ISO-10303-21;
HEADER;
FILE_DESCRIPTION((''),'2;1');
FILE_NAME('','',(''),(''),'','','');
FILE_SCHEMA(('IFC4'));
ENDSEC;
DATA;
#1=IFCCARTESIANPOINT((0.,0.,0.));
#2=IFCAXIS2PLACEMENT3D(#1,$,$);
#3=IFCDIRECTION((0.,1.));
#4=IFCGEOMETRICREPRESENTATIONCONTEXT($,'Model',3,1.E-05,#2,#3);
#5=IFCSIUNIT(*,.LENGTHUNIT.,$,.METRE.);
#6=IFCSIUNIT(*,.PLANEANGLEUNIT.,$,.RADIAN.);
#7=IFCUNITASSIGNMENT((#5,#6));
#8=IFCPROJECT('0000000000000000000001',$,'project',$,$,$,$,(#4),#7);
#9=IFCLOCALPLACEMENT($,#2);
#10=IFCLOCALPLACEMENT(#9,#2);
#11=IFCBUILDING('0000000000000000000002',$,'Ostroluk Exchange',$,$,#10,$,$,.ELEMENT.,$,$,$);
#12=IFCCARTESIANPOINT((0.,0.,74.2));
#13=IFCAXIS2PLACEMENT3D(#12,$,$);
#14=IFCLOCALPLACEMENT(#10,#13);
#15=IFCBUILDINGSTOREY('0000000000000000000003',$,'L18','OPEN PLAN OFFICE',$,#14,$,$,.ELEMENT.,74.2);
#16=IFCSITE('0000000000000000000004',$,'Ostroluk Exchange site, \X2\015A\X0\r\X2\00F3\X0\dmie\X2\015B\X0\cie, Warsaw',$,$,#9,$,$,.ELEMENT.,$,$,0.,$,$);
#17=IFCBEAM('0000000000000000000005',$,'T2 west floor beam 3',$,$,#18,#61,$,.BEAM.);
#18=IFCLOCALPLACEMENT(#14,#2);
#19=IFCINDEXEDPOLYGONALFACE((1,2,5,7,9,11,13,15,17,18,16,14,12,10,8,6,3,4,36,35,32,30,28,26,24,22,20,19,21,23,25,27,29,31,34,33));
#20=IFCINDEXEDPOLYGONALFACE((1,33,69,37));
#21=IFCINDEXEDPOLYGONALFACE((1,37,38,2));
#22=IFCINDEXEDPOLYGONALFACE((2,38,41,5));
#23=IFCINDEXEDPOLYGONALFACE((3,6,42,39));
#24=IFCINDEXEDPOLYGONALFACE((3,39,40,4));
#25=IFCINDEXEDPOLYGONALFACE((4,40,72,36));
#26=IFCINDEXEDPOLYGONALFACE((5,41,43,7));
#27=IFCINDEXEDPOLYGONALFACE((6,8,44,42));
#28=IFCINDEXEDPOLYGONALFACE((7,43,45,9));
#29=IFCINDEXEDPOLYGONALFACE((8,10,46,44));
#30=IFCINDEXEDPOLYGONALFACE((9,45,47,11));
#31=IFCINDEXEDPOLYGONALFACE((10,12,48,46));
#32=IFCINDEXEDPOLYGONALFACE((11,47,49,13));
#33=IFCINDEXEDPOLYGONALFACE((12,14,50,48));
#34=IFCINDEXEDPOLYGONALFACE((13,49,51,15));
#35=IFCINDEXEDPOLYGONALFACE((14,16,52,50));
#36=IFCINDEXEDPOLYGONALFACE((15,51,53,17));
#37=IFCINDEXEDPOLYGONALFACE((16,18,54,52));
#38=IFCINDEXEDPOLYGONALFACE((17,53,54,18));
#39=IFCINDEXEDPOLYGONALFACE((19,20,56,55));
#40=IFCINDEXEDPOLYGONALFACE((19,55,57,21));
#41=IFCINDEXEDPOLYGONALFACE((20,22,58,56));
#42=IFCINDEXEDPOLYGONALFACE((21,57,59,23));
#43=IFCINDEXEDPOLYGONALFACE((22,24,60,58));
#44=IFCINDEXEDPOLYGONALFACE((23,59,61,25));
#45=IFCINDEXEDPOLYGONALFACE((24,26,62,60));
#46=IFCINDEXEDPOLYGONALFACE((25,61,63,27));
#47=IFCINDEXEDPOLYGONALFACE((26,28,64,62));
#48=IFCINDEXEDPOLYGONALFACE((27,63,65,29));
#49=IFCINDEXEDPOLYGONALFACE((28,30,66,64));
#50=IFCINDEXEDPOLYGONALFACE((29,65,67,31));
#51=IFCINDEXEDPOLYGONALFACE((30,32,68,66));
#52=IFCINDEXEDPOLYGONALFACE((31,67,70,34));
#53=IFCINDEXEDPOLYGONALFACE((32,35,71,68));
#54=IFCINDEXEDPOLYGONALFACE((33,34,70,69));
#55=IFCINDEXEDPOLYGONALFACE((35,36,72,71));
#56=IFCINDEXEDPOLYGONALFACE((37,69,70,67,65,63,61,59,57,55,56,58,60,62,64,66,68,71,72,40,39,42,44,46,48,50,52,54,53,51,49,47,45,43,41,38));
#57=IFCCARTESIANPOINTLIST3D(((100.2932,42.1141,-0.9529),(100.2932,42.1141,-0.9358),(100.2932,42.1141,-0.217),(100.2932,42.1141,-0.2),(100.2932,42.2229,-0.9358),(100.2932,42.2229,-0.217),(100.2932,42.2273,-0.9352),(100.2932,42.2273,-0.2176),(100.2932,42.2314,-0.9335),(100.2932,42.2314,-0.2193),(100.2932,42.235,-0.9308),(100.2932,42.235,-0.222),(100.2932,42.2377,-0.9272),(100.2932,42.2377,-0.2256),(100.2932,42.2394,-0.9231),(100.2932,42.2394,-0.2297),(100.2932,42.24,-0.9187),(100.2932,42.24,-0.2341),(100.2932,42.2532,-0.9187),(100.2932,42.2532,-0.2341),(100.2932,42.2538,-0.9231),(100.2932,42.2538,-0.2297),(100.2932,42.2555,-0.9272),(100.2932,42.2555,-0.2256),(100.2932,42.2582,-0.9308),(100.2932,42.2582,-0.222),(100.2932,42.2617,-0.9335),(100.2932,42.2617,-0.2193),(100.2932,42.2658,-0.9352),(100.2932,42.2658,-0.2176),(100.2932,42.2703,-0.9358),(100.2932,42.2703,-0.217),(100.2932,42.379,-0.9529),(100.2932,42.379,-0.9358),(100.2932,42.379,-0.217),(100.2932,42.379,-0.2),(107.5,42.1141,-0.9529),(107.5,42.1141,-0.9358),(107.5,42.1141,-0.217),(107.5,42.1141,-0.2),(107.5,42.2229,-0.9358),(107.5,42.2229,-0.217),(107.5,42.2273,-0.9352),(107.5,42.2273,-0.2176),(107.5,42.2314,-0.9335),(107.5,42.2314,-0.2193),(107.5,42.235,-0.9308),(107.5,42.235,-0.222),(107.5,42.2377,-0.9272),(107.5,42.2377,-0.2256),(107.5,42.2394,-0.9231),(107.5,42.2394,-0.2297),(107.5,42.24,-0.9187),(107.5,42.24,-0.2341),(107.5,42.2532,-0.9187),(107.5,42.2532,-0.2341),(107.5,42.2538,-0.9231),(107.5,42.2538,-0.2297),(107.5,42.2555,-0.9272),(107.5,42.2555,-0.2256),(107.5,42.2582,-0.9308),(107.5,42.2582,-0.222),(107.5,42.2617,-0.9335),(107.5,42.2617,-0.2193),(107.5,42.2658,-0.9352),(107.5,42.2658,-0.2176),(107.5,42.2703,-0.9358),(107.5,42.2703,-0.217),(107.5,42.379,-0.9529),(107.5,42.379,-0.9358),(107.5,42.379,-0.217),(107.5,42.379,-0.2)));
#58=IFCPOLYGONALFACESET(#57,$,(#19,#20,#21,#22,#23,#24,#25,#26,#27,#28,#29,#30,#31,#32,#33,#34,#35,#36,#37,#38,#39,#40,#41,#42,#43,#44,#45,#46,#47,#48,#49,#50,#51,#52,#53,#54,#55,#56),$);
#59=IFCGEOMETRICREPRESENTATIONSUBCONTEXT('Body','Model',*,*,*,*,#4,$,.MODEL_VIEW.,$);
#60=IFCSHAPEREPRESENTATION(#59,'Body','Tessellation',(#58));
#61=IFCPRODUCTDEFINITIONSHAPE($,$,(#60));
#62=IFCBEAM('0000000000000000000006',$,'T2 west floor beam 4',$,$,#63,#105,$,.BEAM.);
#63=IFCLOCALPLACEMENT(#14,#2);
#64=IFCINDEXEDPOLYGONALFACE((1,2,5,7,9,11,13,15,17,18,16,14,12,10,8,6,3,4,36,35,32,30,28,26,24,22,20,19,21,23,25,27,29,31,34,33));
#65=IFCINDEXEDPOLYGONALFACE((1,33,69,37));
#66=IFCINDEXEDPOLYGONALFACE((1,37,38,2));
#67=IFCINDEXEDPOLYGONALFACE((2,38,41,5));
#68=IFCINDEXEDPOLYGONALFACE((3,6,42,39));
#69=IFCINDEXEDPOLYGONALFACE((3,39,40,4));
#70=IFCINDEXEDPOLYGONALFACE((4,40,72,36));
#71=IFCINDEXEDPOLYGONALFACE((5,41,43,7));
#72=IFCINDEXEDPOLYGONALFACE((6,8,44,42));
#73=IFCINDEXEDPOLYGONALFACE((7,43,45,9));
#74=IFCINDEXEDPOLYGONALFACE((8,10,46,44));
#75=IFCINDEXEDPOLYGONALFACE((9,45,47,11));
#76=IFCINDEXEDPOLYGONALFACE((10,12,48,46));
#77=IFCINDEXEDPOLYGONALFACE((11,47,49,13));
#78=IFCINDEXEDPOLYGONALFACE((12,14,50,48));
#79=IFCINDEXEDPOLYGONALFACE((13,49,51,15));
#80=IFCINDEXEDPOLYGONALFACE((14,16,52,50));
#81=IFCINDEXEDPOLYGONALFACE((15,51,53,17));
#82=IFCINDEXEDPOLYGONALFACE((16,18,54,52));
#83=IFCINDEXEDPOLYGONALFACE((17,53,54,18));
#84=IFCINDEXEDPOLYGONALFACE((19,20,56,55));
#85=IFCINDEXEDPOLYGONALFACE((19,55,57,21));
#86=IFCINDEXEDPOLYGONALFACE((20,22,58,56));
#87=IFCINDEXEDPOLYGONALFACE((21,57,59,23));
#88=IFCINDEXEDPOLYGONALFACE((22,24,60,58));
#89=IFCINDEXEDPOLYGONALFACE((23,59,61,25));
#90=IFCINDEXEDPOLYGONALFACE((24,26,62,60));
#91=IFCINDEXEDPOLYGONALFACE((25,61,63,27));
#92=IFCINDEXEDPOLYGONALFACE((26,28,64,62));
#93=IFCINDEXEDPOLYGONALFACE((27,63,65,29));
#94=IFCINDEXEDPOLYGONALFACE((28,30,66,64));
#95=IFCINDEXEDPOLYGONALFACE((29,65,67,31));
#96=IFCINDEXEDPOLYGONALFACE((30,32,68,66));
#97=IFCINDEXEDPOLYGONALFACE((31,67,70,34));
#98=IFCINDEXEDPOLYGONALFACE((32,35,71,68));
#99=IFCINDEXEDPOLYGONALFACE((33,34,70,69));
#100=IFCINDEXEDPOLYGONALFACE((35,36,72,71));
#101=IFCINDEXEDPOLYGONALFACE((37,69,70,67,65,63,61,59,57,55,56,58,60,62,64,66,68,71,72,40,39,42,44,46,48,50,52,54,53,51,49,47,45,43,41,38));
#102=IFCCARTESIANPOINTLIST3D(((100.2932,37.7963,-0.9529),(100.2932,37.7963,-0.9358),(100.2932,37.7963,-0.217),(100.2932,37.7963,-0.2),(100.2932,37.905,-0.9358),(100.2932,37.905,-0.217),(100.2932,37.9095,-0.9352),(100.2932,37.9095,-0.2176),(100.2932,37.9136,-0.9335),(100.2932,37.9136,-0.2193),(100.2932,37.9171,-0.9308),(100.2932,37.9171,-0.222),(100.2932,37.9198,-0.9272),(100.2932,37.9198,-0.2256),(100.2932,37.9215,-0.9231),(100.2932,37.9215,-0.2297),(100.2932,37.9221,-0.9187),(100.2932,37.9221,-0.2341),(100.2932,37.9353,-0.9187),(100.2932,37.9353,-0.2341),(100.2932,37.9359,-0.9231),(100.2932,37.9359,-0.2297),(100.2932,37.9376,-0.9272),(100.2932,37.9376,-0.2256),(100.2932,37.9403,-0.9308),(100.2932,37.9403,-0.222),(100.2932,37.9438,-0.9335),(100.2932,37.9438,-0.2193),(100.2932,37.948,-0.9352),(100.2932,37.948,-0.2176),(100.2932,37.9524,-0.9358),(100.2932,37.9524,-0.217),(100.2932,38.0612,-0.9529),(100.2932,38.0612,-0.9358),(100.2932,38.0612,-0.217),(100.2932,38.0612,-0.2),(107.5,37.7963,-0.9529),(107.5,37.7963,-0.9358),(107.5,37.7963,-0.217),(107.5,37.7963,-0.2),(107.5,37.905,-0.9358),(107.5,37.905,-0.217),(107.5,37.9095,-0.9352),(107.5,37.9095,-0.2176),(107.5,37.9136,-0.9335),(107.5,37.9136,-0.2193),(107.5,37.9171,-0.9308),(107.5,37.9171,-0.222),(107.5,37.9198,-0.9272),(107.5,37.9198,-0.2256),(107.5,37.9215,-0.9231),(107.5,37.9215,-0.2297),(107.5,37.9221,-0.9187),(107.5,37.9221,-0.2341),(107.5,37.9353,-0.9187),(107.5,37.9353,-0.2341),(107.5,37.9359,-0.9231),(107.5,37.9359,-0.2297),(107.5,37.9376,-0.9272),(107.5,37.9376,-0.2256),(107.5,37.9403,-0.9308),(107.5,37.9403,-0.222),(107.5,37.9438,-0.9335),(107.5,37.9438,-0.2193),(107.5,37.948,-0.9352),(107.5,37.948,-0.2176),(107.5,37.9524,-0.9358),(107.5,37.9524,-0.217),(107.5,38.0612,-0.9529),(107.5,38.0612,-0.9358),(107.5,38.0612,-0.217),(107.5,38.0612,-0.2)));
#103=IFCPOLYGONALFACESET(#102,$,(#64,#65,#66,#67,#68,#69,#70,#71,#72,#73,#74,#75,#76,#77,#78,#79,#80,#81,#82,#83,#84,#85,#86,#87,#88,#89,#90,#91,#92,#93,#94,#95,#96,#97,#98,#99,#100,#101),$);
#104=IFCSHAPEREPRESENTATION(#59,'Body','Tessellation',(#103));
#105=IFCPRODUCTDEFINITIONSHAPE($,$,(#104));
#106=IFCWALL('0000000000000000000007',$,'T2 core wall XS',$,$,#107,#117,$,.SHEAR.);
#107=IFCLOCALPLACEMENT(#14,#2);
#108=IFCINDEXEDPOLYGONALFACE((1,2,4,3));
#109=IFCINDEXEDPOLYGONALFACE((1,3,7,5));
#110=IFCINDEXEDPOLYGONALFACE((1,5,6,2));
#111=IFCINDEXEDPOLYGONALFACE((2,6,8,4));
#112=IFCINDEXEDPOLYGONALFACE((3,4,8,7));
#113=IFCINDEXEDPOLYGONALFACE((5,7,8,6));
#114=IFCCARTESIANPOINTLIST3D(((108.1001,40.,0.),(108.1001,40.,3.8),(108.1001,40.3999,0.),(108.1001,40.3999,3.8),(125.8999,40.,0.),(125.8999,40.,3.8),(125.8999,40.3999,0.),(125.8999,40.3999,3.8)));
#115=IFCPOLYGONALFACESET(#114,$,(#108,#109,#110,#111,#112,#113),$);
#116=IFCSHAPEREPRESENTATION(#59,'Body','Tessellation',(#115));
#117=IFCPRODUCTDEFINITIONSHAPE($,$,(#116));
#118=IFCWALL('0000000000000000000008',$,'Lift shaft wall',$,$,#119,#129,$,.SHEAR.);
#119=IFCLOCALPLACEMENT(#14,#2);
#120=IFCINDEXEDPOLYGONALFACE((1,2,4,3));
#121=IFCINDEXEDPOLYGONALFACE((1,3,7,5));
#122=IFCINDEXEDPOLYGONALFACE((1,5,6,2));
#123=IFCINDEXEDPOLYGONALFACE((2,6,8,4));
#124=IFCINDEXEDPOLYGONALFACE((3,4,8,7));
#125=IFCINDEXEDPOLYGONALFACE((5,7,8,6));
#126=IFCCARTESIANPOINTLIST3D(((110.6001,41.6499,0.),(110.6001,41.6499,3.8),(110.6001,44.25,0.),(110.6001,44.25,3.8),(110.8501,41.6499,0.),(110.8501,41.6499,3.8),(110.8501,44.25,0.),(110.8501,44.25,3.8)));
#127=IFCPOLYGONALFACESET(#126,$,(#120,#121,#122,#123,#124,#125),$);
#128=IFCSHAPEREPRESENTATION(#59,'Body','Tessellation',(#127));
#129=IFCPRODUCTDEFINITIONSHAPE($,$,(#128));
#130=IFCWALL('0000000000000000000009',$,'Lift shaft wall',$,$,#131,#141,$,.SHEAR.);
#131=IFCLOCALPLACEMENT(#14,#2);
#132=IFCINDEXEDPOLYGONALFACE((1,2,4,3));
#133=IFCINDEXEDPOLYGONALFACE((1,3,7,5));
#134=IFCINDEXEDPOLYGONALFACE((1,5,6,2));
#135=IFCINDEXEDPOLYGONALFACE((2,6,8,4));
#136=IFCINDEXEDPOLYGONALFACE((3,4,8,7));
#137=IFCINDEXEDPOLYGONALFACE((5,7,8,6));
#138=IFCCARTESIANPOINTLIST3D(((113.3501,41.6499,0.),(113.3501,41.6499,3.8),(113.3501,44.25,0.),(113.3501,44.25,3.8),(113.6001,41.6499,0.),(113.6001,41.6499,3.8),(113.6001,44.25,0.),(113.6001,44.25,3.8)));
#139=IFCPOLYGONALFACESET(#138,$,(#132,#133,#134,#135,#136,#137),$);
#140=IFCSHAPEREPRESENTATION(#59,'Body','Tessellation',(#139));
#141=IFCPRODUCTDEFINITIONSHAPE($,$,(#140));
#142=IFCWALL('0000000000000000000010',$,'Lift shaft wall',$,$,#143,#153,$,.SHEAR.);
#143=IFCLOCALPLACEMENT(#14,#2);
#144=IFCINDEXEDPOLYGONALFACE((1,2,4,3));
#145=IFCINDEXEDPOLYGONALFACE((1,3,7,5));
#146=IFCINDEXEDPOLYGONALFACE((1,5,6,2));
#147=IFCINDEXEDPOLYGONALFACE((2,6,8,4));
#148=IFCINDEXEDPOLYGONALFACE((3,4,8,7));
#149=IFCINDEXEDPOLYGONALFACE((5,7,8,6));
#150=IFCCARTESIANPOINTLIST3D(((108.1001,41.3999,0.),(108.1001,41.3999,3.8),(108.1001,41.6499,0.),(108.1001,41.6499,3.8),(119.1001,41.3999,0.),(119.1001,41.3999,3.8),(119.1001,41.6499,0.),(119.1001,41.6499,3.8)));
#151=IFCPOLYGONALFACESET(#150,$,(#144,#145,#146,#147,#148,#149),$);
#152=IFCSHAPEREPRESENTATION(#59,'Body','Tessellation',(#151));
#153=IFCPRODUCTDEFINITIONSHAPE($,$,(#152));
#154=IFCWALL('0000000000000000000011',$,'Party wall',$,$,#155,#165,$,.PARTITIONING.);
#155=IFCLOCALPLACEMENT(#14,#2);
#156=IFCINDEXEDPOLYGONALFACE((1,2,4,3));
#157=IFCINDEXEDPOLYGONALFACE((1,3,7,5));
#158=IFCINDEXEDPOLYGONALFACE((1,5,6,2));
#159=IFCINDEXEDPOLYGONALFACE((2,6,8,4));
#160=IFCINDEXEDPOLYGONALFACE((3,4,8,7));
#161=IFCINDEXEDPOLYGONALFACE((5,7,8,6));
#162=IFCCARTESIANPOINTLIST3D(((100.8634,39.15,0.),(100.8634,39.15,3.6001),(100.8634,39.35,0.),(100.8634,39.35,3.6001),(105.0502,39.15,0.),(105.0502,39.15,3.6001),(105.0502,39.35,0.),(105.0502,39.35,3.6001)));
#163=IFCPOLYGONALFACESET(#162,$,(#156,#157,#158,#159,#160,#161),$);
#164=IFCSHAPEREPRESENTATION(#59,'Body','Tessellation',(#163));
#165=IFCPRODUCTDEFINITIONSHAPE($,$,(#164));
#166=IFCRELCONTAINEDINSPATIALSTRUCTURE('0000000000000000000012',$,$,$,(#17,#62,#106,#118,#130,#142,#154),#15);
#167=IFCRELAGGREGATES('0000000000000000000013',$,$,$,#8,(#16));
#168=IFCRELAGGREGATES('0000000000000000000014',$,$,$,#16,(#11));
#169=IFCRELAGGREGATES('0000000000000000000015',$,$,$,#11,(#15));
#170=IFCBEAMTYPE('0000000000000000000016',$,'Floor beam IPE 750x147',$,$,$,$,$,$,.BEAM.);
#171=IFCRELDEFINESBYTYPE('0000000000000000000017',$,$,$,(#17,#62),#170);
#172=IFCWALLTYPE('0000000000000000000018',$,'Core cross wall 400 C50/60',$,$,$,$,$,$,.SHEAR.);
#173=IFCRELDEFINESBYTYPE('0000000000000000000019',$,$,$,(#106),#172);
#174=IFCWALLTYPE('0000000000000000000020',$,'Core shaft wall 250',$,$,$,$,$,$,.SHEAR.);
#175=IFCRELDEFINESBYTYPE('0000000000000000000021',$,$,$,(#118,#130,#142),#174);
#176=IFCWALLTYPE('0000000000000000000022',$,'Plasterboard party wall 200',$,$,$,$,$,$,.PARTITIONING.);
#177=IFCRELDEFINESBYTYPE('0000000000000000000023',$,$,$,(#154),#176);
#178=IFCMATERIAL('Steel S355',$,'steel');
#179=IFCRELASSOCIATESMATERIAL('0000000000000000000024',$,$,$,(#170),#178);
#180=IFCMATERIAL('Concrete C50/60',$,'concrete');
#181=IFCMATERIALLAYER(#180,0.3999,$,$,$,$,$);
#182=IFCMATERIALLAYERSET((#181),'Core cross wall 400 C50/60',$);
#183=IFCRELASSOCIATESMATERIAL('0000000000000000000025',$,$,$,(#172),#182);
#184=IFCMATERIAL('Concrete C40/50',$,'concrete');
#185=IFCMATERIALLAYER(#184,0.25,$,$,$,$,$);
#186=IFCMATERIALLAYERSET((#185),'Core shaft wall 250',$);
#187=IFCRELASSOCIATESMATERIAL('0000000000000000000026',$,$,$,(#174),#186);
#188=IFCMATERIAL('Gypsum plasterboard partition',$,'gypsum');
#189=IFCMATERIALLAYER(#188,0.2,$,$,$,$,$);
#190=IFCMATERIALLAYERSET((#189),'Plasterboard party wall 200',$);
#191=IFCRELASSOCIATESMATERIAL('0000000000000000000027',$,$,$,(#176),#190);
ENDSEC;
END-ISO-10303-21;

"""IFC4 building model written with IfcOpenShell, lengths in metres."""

from ifc_helpers import new_model, si_unit, direction, frame, frame_2d, origin, origin_2d, place, context, subcontext, project, spatial, rectangle, i_section, extrude, material, layer, layer_set, material_profile, profile_set, type_object, element, save


model = new_model("IFC4")

# Units and contexts
model_context = context("Model", 3, precision=1e-05, world=origin(), true_north=direction((0.0, 1.0)))
body_context = subcontext(model_context, "Body", "Model", "MODEL_VIEW")
ifc_project = project(units=[si_unit("LENGTHUNIT", "METRE"), si_unit("PLANEANGLEUNIT", "RADIAN")], contexts=[model_context])

# Site, building, storey
site_placement = place(None, origin())
site = spatial("IfcSite", under=ifc_project, at=site_placement, Name="Ostroluk Exchange site, Śródmieście, Warsaw", CompositionType="ELEMENT", RefElevation=0.0)
building_placement = place(site_placement, origin())
building = spatial("IfcBuilding", under=site, at=building_placement, Name="Ostroluk Exchange", CompositionType="ELEMENT")
storey_placement = place(building_placement, frame((0.0, 0.0, 74.2)))
storey = spatial("IfcBuildingStorey", under=building, at=storey_placement, Name="L18", Description="OPEN PLAN OFFICE", CompositionType="ELEMENT", Elevation=74.2)

# Beams
ifc_material_1 = material(Name="Steel S355", Category="steel")
ifc_material_profile = material_profile(ifc_material_1, i_section(OverallWidth=0.2649, OverallDepth=0.7529, WebThickness=0.0132, FlangeThickness=0.0171, FilletRadius=0.0171, at=origin_2d()), Name="IPE 750x147")
ifc_profile_set = profile_set([ifc_material_profile], Name="Steel S355")
beam_type = type_object("IfcBeamType", Name="Floor beam IPE 750x147", PredefinedType="BEAM", material=ifc_profile_set)
for number, where, z_axis, x_axis, name in (
    (1, (107.5, 42.2466, -0.5764), (-1.0, 0.0, 0.0), (0.0, -1.0, 0.0), "T2 west floor beam 3"),
    (2, (107.5, 37.9287, -0.5764), (-1.0, 0.0, 0.0), (0.0, -1.0, 0.0), "T2 west floor beam 4"),
):
    element("IfcBeam", number, at=place(storey_placement, frame(where, z_axis=z_axis, x_axis=x_axis)), inside=storey, type_object=beam_type, Name=name, PredefinedType="BEAM", context=body_context, shape_type="SweptSolid", body=[
        extrude(i_section(OverallWidth=0.2649, OverallDepth=0.7529, WebThickness=0.0132, FlangeThickness=0.0171, FilletRadius=0.0171, at=origin_2d()), origin(), (0.0, 0.0, 1.0), 7.2068),
    ])

# Walls
ifc_material_2 = material(Name="Concrete C50/60", Category="concrete")
ifc_layer_1 = layer(ifc_material_2, 0.3999)
ifc_layer_set_1 = layer_set([ifc_layer_1], Name="Core cross wall 400 C50/60")
wall_type_1 = type_object("IfcWallType", Name="Core cross wall 400 C50/60", PredefinedType="SHEAR", material=ifc_layer_set_1)
wall_1_placement = place(storey_placement, frame((108.1001, 40.2, 0.0), z_axis=(0.0, 0.0, 1.0), x_axis=(1.0, 0.0, 0.0)))
element("IfcWall", 3, at=wall_1_placement, inside=storey, type_object=wall_type_1, Name="T2 core wall XS", PredefinedType="SHEAR", context=body_context, shape_type="SweptSolid", body=[
    extrude(rectangle(XDim=17.7998, YDim=0.3999, at=frame_2d((8.8999, 0.0))), origin(), (0.0, 0.0, 1.0), 3.8),
])
ifc_material_3 = material(Name="Concrete C40/50", Category="concrete")
ifc_layer_2 = layer(ifc_material_3, 0.25)
ifc_layer_set_2 = layer_set([ifc_layer_2], Name="Core shaft wall 250")
wall_type_2 = type_object("IfcWallType", Name="Core shaft wall 250", PredefinedType="SHEAR", material=ifc_layer_set_2)
for number, where, z_axis, x_axis, name in (
    (4, (110.7251, 44.25, 0.0), (0.0, 0.0, 1.0), (0.0, -1.0, 0.0), "Lift shaft wall"),
    (5, (113.4751, 44.25, 0.0), (0.0, 0.0, 1.0), (0.0, -1.0, 0.0), "Lift shaft wall"),
):
    element("IfcWall", number, at=place(storey_placement, frame(where, z_axis=z_axis, x_axis=x_axis)), inside=storey, type_object=wall_type_2, Name=name, PredefinedType="SHEAR", context=body_context, shape_type="SweptSolid", body=[
        extrude(rectangle(XDim=2.6001, YDim=0.25, at=frame_2d((1.3, 0.0))), origin(), (0.0, 0.0, 1.0), 3.8),
    ])
wall_2_placement = place(storey_placement, frame((108.1001, 41.5249, 0.0), z_axis=(0.0, 0.0, 1.0), x_axis=(1.0, 0.0, 0.0)))
element("IfcWall", 6, at=wall_2_placement, inside=storey, type_object=wall_type_2, Name="Lift shaft wall", PredefinedType="SHEAR", context=body_context, shape_type="SweptSolid", body=[
    extrude(rectangle(XDim=11.0, YDim=0.25, at=frame_2d((5.5, 0.0))), origin(), (0.0, 0.0, 1.0), 3.8),
])
ifc_material_4 = material(Name="Gypsum plasterboard partition", Category="gypsum")
ifc_layer_3 = layer(ifc_material_4, 0.2)
ifc_layer_set_3 = layer_set([ifc_layer_3], Name="Plasterboard party wall 200")
wall_type_3 = type_object("IfcWallType", Name="Plasterboard party wall 200", PredefinedType="PARTITIONING", material=ifc_layer_set_3)
wall_3_placement = place(storey_placement, frame((105.05, 39.25, 0.0), z_axis=(0.0, 0.0, 1.0), x_axis=(-1.0, 0.0, 0.0)))
element("IfcWall", 7, at=wall_3_placement, inside=storey, type_object=wall_type_3, Name="Party wall", PredefinedType="PARTITIONING", context=body_context, shape_type="SweptSolid", body=[
    extrude(rectangle(XDim=4.1868, YDim=0.2, at=frame_2d((2.0933, 0.0))), origin(), (0.0, 0.0, 1.0), 3.6001),
])

save(model, "model.ifc")
